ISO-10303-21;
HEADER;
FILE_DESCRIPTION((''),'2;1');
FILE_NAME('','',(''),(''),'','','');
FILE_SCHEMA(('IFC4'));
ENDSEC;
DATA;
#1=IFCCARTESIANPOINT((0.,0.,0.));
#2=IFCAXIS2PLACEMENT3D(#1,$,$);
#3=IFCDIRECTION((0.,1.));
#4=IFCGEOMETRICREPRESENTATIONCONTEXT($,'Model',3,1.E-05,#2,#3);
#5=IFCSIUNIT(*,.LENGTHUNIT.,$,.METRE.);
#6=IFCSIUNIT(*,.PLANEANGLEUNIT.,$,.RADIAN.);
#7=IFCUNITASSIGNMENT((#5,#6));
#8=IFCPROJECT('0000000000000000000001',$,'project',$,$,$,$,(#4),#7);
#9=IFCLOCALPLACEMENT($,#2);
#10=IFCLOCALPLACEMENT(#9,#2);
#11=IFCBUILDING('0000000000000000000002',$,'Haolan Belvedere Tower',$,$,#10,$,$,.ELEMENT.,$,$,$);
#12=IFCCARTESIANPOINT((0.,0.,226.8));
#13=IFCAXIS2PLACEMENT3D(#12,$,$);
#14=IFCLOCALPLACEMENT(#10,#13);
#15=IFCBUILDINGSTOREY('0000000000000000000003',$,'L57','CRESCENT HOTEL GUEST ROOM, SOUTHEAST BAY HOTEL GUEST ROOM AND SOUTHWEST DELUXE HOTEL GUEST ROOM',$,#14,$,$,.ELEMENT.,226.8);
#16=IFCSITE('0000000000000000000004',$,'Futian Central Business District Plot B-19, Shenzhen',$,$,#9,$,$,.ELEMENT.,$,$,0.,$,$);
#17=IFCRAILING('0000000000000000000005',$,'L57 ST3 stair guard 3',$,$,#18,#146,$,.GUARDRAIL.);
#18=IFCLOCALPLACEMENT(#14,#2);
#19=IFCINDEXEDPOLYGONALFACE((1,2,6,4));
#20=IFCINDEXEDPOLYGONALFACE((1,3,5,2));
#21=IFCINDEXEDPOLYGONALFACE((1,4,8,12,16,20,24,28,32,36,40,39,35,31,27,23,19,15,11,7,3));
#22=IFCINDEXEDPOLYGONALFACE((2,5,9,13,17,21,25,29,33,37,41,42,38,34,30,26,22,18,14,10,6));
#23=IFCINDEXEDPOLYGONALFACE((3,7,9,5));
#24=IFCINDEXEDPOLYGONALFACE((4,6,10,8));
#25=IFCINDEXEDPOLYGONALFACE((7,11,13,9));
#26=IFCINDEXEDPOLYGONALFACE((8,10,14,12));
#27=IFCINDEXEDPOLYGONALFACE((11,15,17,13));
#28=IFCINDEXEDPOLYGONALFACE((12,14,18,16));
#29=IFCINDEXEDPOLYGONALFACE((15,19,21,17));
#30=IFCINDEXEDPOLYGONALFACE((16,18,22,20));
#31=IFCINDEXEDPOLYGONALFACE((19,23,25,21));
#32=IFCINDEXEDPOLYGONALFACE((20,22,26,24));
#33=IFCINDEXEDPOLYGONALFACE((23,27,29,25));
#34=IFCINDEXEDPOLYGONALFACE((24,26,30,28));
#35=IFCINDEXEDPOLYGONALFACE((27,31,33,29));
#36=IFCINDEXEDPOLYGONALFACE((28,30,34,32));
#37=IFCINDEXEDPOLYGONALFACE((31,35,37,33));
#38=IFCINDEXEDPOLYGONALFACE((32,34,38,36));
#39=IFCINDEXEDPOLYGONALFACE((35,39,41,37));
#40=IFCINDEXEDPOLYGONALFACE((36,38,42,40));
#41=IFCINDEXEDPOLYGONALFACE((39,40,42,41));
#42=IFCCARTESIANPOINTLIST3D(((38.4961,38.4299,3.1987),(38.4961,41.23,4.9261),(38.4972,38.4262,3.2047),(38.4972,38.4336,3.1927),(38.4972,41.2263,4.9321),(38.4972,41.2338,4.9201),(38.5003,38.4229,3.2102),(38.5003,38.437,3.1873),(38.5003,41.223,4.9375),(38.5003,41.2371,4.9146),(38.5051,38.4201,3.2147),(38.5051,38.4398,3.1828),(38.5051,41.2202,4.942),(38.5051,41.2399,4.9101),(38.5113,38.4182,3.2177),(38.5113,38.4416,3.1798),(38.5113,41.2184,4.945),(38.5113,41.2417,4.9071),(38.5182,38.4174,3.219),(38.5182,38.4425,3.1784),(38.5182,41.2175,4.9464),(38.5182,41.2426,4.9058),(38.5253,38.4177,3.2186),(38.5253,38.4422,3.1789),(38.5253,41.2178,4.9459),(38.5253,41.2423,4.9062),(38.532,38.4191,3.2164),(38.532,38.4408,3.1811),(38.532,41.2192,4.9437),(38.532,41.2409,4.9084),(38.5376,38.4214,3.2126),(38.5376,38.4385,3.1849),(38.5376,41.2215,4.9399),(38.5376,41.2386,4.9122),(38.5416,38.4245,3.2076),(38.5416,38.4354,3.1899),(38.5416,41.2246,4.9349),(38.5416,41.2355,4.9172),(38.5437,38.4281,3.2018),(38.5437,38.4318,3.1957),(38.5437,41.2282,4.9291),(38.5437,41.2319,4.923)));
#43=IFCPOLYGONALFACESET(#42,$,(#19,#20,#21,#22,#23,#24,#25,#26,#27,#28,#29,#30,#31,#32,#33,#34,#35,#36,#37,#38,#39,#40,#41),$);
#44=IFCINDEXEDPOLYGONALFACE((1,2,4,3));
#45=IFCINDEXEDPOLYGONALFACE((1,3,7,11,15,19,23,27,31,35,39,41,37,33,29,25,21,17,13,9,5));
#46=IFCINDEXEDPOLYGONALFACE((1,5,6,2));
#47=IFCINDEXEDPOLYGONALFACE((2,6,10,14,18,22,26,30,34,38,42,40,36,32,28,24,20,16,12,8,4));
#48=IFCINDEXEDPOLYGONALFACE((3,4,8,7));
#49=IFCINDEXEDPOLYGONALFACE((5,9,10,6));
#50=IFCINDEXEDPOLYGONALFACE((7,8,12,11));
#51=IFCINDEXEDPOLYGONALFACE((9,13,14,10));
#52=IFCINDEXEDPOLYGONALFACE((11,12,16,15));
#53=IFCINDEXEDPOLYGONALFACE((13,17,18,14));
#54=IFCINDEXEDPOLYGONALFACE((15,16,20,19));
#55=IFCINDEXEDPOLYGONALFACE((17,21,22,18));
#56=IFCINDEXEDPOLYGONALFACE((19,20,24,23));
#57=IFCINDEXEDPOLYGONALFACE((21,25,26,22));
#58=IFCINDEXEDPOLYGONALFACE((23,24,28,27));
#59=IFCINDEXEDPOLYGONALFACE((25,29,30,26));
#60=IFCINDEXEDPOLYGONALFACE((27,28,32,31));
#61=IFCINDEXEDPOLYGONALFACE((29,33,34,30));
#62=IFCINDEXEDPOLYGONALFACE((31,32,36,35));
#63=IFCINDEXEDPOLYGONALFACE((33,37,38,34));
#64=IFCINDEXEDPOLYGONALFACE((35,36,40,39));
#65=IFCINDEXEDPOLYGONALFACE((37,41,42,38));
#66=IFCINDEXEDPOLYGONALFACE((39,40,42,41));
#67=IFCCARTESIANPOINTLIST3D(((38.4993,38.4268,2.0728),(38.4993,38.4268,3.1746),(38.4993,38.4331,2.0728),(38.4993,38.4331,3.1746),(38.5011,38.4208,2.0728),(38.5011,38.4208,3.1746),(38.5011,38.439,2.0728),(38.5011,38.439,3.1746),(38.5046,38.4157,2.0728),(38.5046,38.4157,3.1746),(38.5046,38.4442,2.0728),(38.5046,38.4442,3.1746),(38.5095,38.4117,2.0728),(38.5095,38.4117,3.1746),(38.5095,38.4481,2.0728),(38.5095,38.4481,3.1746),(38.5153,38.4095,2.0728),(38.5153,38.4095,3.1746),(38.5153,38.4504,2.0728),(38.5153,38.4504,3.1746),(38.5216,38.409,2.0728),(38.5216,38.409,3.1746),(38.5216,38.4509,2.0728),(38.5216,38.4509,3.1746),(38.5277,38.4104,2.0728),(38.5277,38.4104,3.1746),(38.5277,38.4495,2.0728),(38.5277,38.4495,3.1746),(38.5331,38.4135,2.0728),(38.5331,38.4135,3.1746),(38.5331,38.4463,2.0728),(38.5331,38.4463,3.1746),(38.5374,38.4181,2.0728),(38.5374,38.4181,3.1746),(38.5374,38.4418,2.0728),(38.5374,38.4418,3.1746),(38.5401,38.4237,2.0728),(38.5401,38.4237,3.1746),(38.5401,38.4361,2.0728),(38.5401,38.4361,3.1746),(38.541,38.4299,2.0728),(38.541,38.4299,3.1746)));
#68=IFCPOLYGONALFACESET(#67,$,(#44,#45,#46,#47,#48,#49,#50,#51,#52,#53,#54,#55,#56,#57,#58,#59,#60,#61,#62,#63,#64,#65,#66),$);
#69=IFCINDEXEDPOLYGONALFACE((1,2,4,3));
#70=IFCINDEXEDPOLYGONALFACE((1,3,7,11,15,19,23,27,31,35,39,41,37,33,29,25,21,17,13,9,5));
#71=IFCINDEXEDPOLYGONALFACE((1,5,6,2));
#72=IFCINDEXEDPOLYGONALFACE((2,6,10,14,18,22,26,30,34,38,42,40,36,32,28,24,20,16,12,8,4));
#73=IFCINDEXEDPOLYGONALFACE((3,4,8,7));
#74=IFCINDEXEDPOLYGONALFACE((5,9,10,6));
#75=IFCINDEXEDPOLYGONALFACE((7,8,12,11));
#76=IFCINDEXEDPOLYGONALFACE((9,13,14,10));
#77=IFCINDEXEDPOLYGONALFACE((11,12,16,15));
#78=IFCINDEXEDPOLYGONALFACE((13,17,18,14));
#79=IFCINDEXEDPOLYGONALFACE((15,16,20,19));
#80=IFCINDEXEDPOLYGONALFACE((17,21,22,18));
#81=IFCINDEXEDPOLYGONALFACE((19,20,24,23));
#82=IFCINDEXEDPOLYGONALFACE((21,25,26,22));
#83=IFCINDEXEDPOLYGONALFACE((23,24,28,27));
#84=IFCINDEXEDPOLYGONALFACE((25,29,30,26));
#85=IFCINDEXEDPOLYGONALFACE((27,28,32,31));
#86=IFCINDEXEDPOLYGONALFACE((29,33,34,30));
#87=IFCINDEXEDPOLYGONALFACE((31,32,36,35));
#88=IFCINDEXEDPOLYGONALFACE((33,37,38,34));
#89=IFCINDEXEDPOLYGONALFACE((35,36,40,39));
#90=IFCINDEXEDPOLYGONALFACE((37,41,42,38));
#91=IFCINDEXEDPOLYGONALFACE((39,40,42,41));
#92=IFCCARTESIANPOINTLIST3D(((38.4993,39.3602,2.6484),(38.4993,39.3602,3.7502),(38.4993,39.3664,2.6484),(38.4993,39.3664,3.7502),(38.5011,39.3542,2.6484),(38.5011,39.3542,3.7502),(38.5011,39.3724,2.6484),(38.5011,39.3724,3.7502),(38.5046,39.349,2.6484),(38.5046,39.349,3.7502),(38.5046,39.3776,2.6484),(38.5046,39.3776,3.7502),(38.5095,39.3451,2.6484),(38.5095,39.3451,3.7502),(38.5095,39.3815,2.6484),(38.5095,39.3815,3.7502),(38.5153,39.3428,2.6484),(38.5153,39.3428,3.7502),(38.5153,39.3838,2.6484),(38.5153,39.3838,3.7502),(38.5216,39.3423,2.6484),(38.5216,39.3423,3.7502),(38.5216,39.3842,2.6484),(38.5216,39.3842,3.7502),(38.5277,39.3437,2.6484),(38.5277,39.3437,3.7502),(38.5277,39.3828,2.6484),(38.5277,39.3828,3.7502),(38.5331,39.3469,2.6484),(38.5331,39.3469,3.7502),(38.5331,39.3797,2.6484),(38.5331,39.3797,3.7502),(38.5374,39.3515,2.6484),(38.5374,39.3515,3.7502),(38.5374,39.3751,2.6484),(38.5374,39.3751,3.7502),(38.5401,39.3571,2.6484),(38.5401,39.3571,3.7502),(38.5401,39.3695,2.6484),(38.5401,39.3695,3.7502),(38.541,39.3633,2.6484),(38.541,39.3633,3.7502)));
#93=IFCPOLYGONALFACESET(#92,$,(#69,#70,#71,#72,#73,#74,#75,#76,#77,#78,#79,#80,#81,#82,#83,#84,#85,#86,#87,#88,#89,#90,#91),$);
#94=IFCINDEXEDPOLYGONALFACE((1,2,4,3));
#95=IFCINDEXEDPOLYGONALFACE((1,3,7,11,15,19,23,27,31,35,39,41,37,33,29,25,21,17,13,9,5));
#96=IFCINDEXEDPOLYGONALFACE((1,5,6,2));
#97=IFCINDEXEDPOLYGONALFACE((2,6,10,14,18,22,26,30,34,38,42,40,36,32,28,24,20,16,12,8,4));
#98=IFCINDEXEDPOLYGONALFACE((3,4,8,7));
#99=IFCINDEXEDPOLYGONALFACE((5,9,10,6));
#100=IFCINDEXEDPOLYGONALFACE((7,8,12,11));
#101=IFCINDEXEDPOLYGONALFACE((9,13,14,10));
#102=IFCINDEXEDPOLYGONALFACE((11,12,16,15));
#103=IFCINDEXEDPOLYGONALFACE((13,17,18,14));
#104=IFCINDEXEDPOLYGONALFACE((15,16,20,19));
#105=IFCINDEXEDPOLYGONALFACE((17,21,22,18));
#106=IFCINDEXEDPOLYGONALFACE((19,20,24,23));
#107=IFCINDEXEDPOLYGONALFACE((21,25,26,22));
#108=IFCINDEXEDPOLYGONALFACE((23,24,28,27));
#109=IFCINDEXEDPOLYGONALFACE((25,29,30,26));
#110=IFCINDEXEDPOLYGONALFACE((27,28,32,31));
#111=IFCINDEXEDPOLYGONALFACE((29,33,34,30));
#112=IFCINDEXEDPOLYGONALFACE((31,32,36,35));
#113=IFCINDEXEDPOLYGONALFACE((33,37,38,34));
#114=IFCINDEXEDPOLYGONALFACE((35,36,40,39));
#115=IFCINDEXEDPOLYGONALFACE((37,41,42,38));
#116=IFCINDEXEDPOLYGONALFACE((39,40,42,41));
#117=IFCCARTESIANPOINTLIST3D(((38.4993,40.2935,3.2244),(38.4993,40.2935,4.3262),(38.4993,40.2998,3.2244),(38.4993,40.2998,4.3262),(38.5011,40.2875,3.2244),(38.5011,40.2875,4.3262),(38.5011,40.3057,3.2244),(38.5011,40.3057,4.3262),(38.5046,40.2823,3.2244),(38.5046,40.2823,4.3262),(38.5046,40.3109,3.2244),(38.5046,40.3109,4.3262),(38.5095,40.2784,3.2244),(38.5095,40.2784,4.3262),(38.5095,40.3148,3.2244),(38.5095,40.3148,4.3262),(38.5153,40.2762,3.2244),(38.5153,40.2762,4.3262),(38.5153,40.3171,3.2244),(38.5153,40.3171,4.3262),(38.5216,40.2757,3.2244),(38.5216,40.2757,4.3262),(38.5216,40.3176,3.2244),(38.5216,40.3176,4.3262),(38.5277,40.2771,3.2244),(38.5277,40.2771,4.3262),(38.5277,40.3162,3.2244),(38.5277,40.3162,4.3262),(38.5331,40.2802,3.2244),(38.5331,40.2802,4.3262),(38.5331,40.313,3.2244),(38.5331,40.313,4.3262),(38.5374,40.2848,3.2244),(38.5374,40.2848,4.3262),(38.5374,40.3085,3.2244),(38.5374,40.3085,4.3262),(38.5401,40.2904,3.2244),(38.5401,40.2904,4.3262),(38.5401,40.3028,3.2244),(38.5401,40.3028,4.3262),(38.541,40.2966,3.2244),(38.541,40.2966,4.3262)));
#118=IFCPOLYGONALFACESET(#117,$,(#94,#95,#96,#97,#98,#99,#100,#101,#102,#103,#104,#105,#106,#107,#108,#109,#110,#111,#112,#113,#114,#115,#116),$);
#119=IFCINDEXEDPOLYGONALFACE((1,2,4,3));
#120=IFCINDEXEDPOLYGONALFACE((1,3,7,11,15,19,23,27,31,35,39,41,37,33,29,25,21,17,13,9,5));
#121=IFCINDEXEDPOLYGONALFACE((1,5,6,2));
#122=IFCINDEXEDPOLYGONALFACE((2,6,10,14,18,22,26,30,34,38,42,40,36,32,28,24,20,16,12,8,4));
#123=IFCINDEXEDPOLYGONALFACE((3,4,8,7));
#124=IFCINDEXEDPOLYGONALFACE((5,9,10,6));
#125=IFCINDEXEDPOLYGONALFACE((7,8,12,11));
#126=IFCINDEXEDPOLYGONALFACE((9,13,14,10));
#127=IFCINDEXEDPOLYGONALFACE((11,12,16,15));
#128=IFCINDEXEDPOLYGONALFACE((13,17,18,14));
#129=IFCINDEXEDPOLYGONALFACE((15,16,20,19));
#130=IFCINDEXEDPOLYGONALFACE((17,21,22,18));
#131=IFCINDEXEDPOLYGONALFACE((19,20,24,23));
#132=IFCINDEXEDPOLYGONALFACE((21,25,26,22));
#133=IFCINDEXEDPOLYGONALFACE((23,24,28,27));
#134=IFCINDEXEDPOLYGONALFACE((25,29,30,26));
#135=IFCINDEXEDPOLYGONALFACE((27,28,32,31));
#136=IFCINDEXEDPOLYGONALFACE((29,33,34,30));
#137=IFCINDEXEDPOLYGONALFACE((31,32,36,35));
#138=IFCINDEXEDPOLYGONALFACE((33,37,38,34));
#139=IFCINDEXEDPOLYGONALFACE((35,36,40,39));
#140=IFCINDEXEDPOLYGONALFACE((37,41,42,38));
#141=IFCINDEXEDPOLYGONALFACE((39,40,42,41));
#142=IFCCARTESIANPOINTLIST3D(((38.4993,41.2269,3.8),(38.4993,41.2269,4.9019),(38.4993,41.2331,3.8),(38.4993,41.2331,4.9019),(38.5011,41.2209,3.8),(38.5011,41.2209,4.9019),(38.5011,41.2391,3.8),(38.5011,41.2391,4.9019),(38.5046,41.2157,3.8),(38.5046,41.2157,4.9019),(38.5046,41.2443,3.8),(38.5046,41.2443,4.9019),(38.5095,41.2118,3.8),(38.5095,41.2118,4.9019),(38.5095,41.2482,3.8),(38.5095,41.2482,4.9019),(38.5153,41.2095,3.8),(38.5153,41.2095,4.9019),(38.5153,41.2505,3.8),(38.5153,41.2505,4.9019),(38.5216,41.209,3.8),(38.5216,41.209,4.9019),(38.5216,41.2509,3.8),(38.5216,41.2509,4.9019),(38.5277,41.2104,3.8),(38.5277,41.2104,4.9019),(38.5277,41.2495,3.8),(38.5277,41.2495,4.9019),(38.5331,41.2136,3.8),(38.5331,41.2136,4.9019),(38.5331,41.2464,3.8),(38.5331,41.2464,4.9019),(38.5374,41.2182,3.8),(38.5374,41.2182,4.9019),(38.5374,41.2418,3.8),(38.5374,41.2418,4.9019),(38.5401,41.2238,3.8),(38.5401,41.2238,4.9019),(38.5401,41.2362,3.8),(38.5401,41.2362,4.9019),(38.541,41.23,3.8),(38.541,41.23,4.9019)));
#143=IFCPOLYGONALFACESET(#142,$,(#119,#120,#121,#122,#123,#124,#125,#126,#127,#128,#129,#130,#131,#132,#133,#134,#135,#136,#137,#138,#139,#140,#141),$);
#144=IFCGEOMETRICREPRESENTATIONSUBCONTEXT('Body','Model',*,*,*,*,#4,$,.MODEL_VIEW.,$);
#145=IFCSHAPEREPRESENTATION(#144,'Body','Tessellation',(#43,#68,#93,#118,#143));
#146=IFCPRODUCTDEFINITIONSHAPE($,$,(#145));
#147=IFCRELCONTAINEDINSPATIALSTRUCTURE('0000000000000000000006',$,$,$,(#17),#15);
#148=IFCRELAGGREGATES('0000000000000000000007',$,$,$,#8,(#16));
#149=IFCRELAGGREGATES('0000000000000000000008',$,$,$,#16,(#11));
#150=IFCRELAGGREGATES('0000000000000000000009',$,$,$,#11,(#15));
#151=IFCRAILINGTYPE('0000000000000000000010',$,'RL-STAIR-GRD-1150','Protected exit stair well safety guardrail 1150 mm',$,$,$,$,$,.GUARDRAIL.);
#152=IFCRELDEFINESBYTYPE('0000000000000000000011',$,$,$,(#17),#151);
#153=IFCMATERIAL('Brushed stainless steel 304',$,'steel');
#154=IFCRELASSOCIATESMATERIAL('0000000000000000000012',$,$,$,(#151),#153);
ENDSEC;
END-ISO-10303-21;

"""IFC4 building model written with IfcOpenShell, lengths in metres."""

from ifc_helpers import new_model, si_unit, direction, frame, origin, origin_2d, place, context, subcontext, project, spatial, circle, extrude, material, type_object, element, save


model = new_model("IFC4")

# Units and contexts
model_context = context("Model", 3, precision=1e-05, world=origin(), true_north=direction((0.0, 1.0)))
body_context = subcontext(model_context, "Body", "Model", "MODEL_VIEW")
ifc_project = project(units=[si_unit("LENGTHUNIT", "METRE"), si_unit("PLANEANGLEUNIT", "RADIAN")], contexts=[model_context])

# Site, building, storey
site_placement = place(None, origin())
site = spatial("IfcSite", under=ifc_project, at=site_placement, Name="Futian Central Business District Plot B-19, Shenzhen", CompositionType="ELEMENT", RefElevation=0.0)
building_placement = place(site_placement, origin())
building = spatial("IfcBuilding", under=site, at=building_placement, Name="Haolan Belvedere Tower", CompositionType="ELEMENT")
storey_placement = place(building_placement, frame((0.0, 0.0, 226.8)))
storey = spatial("IfcBuildingStorey", under=building, at=storey_placement, Name="L57", Description="CRESCENT HOTEL GUEST ROOM, SOUTHEAST BAY HOTEL GUEST ROOM AND SOUTHWEST DELUXE HOTEL GUEST ROOM", CompositionType="ELEMENT", Elevation=226.8)

# Railing
ifc_material_1 = material(Name="Brushed stainless steel 304", Category="steel")
railing_type_1 = type_object("IfcRailingType", Name="RL-STAIR-GRD-1150", Description="Protected exit stair well safety guardrail 1150 mm", PredefinedType="GUARDRAIL", material=ifc_material_1)
railing_1_placement = place(storey_placement, frame((38.52, 38.4299, 2.0728)))
element("IfcRailing", 1, at=railing_1_placement, inside=storey, type_object=railing_type_1, Name="L57 ST3 stair guard 3", PredefinedType="GUARDRAIL", context=body_context, shape_type="SweptSolid", body=[
    extrude(circle(Radius=0.0239, at=origin_2d()), frame((0.0, 0.0, 1.126), z_axis=(0.0, 0.85109, 0.52502), x_axis=(-1.0, 0.0, 0.0)), (0.0, 0.0, 1.0), 3.29),
    extrude(circle(Radius=0.021, at=origin_2d()), origin(), (0.0, 0.0, 1.0), 1.1018),
    extrude(circle(Radius=0.021, at=origin_2d()), frame((0.0, 0.9333, 0.5757)), (0.0, 0.0, 1.0), 1.1018),
    extrude(circle(Radius=0.021, at=origin_2d()), frame((0.0, 1.8667, 1.1516)), (0.0, 0.0, 1.0), 1.1018),
    extrude(circle(Radius=0.021, at=origin_2d()), frame((0.0, 2.8, 1.7273)), (0.0, 0.0, 1.0), 1.1018),
])

save(model, "model.ifc")
